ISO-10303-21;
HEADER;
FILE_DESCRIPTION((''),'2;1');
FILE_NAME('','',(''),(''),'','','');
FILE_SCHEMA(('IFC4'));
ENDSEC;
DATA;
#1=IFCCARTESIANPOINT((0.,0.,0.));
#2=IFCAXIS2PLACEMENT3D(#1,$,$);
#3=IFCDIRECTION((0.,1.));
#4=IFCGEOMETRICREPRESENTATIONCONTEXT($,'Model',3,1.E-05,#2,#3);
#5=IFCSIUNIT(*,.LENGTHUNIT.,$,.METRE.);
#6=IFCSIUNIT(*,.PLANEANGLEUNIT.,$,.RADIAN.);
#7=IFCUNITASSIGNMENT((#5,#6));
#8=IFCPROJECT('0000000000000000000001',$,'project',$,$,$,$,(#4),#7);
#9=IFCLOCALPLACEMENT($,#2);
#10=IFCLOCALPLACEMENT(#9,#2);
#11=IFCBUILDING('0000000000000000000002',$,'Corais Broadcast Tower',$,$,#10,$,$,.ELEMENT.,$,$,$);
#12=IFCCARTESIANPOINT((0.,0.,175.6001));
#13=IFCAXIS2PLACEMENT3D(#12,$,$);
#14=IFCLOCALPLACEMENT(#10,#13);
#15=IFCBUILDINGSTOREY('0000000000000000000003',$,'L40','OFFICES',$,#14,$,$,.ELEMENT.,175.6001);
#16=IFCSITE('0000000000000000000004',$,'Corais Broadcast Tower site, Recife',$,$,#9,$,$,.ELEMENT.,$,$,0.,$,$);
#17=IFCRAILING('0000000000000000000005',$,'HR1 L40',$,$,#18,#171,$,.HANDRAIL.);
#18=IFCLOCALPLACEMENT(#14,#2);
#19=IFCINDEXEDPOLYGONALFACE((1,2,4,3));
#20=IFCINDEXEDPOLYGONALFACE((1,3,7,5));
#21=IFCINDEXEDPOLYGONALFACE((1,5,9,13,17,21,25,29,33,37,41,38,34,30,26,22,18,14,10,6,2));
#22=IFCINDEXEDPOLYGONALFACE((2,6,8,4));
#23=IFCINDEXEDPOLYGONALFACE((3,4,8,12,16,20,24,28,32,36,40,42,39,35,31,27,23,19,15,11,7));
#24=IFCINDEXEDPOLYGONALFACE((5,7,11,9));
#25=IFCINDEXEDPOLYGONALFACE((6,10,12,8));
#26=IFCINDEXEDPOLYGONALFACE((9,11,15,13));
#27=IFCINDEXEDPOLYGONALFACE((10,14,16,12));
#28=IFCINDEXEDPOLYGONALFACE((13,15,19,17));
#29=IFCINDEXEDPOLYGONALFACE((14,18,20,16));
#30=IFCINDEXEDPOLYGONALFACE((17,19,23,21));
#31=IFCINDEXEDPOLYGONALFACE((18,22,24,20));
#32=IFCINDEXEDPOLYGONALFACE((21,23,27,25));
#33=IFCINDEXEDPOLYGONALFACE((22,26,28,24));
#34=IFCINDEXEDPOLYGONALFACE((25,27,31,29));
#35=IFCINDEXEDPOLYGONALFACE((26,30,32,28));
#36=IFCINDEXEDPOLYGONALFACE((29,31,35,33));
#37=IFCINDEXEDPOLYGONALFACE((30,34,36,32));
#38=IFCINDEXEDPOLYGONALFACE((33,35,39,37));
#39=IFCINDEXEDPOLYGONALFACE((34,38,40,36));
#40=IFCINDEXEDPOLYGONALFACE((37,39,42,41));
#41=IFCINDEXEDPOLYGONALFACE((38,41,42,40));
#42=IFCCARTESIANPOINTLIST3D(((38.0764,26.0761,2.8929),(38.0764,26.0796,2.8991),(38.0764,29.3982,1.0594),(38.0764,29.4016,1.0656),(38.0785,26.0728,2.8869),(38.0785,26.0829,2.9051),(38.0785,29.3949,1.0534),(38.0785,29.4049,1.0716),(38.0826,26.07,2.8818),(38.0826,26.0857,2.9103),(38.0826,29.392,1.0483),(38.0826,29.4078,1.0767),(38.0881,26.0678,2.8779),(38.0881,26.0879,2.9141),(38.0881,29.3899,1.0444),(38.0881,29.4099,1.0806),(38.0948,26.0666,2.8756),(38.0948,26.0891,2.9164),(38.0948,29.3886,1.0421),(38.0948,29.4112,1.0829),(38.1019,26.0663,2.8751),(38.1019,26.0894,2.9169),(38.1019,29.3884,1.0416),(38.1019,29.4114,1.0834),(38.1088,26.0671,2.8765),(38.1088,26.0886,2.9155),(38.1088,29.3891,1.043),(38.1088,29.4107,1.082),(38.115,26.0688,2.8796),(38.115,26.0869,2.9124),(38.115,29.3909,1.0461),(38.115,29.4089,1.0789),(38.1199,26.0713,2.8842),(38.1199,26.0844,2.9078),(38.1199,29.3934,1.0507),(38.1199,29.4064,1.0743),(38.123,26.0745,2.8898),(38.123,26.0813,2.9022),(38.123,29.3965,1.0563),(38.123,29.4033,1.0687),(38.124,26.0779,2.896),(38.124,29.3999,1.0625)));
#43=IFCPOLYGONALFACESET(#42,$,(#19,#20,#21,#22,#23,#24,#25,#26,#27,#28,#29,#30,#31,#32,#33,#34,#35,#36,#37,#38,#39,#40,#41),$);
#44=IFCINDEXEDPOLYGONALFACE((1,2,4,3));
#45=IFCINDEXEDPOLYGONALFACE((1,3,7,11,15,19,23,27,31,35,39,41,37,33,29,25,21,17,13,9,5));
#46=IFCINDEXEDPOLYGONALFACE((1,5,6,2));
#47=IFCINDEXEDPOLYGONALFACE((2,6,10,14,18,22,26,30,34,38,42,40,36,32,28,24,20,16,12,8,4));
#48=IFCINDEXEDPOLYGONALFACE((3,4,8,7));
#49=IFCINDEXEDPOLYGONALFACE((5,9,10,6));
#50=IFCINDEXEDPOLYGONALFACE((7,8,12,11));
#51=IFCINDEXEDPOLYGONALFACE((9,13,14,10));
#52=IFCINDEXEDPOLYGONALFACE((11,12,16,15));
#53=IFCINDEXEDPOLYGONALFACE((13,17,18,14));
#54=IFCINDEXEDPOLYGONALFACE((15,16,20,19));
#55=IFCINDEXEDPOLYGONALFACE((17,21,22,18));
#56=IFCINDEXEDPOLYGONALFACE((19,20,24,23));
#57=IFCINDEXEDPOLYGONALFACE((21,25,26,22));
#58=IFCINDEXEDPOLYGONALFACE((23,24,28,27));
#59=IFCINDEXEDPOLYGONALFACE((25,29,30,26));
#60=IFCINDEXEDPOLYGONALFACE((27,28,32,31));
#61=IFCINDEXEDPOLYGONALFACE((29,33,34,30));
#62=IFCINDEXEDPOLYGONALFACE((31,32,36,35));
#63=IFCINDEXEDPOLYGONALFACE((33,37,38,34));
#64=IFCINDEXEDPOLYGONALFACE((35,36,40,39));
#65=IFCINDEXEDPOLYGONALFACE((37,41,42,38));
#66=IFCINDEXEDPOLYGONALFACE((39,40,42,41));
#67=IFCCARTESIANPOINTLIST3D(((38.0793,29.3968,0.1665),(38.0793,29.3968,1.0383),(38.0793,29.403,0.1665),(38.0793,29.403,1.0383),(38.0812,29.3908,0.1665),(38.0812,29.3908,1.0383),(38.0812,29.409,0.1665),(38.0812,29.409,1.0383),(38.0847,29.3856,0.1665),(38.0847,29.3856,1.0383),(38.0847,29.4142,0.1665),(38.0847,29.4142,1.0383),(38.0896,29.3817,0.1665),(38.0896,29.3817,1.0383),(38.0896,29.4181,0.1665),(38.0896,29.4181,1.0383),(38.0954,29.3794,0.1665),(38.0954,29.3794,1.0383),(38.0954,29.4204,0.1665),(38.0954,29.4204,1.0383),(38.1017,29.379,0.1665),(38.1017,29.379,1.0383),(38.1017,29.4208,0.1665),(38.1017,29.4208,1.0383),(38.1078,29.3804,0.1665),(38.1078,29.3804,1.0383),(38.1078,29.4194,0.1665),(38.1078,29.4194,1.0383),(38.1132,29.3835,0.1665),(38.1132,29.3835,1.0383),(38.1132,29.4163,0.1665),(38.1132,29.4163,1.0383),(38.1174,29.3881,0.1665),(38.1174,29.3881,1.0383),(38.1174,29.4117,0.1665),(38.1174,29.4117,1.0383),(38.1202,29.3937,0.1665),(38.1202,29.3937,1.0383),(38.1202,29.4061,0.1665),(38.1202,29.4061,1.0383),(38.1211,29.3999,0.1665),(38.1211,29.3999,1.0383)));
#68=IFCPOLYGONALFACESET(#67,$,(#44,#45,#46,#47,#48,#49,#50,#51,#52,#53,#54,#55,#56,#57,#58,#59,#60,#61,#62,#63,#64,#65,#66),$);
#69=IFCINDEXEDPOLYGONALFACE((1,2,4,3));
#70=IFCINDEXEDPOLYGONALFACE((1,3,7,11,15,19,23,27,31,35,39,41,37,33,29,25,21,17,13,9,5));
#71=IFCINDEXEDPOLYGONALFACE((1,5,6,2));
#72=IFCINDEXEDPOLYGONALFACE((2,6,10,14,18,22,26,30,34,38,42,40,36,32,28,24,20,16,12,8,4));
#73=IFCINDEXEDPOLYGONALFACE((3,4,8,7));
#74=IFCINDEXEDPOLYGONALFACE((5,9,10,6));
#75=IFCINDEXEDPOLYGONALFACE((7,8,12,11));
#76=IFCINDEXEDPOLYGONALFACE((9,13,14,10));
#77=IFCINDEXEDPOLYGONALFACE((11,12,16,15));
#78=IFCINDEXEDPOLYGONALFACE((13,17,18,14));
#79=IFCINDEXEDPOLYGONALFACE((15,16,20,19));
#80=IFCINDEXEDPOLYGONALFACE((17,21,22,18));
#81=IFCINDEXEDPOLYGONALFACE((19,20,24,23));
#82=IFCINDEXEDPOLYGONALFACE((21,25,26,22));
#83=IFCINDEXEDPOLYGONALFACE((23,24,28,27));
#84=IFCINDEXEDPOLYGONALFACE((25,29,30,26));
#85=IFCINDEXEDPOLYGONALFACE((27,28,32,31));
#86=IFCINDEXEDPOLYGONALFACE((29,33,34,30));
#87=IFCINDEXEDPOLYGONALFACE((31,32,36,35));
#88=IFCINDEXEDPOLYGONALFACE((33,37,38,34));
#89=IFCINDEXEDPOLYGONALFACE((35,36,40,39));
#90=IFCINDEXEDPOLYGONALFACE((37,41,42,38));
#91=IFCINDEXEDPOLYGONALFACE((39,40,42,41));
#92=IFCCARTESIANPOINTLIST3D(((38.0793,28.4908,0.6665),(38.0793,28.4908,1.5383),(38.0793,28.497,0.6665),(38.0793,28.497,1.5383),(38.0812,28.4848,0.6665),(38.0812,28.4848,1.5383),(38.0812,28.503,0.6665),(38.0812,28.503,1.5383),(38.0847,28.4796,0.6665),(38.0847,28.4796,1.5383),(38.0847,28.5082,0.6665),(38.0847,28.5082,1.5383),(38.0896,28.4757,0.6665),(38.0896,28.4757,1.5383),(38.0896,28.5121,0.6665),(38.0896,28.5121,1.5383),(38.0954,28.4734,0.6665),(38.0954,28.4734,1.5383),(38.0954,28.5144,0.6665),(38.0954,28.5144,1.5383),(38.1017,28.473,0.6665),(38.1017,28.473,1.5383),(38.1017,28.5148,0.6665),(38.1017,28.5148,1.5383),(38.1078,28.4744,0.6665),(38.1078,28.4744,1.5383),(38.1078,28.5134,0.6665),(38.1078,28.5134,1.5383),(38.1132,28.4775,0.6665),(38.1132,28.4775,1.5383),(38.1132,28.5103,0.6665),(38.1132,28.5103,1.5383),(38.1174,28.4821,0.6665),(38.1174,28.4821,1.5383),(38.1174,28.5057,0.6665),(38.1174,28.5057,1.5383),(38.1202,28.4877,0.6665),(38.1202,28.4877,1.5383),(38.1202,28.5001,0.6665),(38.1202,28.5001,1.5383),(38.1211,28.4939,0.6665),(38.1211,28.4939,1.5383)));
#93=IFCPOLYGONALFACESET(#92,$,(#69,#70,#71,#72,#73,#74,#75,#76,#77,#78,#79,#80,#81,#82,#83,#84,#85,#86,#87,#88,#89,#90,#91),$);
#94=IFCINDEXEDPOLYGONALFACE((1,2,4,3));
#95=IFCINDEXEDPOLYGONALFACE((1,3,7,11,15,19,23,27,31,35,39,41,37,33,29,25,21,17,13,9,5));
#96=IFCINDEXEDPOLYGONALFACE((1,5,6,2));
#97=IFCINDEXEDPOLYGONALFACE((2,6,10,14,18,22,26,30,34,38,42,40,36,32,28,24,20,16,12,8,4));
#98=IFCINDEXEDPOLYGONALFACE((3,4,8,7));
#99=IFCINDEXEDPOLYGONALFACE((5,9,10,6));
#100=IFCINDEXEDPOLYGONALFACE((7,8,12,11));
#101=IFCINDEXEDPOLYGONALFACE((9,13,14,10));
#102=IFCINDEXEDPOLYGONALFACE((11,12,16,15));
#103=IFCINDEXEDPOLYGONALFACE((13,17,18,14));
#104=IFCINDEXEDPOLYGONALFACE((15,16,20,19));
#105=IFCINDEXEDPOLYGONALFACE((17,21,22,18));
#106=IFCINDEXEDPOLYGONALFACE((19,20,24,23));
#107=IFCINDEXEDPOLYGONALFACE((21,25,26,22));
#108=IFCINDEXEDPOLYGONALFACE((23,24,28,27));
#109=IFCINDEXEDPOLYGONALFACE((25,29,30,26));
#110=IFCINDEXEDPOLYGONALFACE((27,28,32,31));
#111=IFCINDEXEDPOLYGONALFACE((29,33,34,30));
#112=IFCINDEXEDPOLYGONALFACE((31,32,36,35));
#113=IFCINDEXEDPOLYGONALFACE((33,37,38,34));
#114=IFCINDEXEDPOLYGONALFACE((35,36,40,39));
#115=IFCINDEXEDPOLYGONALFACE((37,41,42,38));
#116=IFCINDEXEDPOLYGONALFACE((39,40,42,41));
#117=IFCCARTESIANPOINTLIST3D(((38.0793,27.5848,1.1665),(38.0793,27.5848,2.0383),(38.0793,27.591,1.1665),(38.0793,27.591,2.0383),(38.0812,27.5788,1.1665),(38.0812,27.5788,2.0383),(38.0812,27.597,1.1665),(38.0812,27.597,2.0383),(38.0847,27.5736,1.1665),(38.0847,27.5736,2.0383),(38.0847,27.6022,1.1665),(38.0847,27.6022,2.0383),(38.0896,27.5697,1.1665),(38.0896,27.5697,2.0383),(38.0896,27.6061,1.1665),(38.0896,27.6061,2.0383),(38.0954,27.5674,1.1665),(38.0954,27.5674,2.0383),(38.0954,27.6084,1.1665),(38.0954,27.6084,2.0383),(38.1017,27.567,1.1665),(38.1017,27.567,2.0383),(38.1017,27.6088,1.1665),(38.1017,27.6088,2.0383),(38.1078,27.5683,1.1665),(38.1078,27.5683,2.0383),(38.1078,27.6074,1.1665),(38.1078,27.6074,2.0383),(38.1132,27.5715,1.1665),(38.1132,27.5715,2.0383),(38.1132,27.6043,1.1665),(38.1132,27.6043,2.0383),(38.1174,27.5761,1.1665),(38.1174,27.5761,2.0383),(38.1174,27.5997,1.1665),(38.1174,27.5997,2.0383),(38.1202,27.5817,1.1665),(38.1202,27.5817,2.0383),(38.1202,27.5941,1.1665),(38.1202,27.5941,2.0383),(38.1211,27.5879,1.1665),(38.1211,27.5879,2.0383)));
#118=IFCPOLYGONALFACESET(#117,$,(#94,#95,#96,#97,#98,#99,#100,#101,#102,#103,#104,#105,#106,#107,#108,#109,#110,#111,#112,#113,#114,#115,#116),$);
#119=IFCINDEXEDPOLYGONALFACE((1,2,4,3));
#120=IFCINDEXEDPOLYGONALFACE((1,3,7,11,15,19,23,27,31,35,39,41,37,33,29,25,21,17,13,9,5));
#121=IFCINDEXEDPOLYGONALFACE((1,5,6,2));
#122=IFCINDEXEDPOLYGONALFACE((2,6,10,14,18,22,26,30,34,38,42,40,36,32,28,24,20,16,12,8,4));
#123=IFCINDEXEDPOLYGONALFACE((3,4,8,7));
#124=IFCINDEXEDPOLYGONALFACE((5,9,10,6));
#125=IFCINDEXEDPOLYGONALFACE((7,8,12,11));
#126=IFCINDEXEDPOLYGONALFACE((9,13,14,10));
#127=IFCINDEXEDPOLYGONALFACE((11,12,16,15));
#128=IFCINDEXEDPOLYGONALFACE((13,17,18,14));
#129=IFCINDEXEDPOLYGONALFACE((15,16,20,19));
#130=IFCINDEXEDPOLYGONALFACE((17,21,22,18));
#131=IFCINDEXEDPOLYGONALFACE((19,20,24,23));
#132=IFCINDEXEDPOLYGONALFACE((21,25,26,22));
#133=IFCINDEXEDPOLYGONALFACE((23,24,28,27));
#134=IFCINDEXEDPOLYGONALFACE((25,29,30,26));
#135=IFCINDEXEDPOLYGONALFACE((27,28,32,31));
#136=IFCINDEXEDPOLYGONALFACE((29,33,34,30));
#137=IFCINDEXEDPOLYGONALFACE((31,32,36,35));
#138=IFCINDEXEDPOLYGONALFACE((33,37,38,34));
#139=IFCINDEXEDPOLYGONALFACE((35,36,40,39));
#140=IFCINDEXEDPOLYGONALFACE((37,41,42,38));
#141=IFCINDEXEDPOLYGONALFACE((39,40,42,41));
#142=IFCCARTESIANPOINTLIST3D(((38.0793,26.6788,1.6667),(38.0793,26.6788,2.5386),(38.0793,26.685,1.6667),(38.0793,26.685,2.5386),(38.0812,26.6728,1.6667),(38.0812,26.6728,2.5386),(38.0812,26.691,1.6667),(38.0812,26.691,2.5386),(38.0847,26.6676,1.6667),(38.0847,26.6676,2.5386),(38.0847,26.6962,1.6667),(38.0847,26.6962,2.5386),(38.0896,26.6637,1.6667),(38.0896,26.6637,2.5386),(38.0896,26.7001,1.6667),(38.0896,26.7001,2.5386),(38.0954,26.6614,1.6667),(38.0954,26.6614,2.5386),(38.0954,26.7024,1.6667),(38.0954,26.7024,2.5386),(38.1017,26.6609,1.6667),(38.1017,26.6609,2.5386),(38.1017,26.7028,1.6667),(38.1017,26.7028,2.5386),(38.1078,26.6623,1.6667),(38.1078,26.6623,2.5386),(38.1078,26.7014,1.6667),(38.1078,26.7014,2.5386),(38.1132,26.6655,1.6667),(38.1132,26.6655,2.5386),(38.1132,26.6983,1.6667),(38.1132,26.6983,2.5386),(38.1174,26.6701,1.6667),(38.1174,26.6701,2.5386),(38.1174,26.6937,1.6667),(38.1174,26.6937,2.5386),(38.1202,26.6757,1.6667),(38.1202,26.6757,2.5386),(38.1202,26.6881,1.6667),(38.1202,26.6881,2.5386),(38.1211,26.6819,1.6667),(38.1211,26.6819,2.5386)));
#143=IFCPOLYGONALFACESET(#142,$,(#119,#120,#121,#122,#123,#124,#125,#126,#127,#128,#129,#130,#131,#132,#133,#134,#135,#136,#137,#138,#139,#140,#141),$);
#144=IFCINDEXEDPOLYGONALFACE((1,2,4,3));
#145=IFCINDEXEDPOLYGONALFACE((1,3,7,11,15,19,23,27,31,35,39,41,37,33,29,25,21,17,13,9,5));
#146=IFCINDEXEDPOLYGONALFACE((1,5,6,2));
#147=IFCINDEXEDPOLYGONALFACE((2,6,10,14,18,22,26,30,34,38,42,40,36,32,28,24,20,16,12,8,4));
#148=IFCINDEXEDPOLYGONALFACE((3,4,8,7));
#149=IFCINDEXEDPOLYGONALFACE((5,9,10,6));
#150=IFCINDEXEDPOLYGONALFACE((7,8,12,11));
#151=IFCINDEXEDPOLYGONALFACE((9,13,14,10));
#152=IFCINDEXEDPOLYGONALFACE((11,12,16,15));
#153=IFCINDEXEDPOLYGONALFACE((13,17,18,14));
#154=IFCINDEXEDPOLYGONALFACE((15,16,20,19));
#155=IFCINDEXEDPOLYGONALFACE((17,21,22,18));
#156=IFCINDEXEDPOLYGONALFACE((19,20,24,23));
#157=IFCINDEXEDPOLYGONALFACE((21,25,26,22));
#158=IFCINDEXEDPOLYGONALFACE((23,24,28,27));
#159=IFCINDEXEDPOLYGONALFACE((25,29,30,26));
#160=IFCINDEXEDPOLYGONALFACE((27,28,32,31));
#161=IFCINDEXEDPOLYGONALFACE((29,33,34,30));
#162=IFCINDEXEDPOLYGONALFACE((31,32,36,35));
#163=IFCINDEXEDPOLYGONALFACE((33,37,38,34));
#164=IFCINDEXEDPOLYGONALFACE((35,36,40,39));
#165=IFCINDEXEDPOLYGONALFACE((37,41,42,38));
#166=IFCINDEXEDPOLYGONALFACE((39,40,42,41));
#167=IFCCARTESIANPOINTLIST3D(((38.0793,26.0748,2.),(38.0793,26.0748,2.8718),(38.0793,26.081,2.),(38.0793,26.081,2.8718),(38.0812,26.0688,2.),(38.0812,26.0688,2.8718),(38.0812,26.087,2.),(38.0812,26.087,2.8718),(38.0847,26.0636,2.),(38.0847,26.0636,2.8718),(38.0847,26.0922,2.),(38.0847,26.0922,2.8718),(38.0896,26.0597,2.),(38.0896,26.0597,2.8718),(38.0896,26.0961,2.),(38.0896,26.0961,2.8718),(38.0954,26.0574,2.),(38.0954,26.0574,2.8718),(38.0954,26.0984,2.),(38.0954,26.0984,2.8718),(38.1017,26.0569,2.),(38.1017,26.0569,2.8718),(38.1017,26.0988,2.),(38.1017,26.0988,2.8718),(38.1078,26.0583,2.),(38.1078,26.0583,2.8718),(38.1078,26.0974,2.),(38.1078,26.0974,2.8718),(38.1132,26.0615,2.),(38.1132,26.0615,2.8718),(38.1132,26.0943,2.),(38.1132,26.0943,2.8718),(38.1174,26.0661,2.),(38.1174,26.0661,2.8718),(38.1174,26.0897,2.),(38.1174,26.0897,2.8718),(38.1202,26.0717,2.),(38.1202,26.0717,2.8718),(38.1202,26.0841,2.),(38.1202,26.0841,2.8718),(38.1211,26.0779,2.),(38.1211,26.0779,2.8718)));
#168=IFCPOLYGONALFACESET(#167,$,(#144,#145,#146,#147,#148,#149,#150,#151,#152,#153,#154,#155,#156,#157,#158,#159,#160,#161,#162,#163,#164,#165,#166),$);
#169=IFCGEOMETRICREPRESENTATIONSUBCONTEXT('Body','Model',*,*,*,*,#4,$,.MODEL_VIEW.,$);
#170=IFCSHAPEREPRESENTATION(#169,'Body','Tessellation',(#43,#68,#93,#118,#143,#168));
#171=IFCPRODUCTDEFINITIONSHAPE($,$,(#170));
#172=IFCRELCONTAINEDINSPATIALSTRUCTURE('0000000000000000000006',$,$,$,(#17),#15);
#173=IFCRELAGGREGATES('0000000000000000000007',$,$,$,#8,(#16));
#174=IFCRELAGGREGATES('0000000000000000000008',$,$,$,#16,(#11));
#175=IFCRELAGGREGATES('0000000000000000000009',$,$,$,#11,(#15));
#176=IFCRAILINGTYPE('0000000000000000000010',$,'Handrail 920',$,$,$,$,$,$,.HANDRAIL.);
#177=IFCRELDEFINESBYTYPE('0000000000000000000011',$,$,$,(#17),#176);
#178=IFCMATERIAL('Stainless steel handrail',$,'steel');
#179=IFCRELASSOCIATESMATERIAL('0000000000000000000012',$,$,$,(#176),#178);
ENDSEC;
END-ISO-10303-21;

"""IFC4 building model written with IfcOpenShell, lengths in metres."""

from ifc_helpers import new_model, si_unit, direction, frame, origin, origin_2d, place, context, subcontext, project, spatial, circle, extrude, material, type_object, element, save


model = new_model("IFC4")

# Units and contexts
model_context = context("Model", 3, precision=1e-05, world=origin(), true_north=direction((0.0, 1.0)))
body_context = subcontext(model_context, "Body", "Model", "MODEL_VIEW")
ifc_project = project(units=[si_unit("LENGTHUNIT", "METRE"), si_unit("PLANEANGLEUNIT", "RADIAN")], contexts=[model_context])

# Site, building, storey
site_placement = place(None, origin())
site = spatial("IfcSite", under=ifc_project, at=site_placement, Name="Corais Broadcast Tower site, Recife", CompositionType="ELEMENT", RefElevation=0.0)
building_placement = place(site_placement, origin())
building = spatial("IfcBuilding", under=site, at=building_placement, Name="Corais Broadcast Tower", CompositionType="ELEMENT")
storey_placement = place(building_placement, frame((0.0, 0.0, 175.6001)))
storey = spatial("IfcBuildingStorey", under=building, at=storey_placement, Name="L40", Description="OFFICES", CompositionType="ELEMENT", Elevation=175.6001)

# Railing
ifc_material_1 = material(Name="Stainless steel handrail", Category="steel")
railing_type = type_object("IfcRailingType", Name="Handrail 920", PredefinedType="HANDRAIL", material=ifc_material_1)
for number, where, name in (
    (1, (38.1001, 29.3999, 0.1665), "HR1 L40"),
):
    element("IfcRailing", number, at=place(storey_placement, frame(where)), inside=storey, type_object=railing_type, Name=name, PredefinedType="HANDRAIL", context=body_context, shape_type="SweptSolid", body=[
        extrude(circle(Radius=0.0239, at=origin_2d()), frame((0.0, 0.0, 0.896), z_axis=(0.0, -0.875504, 0.48321), x_axis=(1.0, 0.0, 0.0)), (0.0, 0.0, 1.0), 3.7944),
        extrude(circle(Radius=0.021, at=origin_2d()), origin(), (0.0, 0.0, 1.0), 0.8718),
        extrude(circle(Radius=0.021, at=origin_2d()), frame((0.0, -0.906, 0.5)), (0.0, 0.0, 1.0), 0.8718),
        extrude(circle(Radius=0.021, at=origin_2d()), frame((0.0, -1.812, 1.0)), (0.0, 0.0, 1.0), 0.8718),
        extrude(circle(Radius=0.021, at=origin_2d()), frame((0.0, -2.718, 1.5002)), (0.0, 0.0, 1.0), 0.8718),
        extrude(circle(Radius=0.021, at=origin_2d()), frame((0.0, -3.322, 1.8335)), (0.0, 0.0, 1.0), 0.8718),
    ])

save(model, "model.ifc")
